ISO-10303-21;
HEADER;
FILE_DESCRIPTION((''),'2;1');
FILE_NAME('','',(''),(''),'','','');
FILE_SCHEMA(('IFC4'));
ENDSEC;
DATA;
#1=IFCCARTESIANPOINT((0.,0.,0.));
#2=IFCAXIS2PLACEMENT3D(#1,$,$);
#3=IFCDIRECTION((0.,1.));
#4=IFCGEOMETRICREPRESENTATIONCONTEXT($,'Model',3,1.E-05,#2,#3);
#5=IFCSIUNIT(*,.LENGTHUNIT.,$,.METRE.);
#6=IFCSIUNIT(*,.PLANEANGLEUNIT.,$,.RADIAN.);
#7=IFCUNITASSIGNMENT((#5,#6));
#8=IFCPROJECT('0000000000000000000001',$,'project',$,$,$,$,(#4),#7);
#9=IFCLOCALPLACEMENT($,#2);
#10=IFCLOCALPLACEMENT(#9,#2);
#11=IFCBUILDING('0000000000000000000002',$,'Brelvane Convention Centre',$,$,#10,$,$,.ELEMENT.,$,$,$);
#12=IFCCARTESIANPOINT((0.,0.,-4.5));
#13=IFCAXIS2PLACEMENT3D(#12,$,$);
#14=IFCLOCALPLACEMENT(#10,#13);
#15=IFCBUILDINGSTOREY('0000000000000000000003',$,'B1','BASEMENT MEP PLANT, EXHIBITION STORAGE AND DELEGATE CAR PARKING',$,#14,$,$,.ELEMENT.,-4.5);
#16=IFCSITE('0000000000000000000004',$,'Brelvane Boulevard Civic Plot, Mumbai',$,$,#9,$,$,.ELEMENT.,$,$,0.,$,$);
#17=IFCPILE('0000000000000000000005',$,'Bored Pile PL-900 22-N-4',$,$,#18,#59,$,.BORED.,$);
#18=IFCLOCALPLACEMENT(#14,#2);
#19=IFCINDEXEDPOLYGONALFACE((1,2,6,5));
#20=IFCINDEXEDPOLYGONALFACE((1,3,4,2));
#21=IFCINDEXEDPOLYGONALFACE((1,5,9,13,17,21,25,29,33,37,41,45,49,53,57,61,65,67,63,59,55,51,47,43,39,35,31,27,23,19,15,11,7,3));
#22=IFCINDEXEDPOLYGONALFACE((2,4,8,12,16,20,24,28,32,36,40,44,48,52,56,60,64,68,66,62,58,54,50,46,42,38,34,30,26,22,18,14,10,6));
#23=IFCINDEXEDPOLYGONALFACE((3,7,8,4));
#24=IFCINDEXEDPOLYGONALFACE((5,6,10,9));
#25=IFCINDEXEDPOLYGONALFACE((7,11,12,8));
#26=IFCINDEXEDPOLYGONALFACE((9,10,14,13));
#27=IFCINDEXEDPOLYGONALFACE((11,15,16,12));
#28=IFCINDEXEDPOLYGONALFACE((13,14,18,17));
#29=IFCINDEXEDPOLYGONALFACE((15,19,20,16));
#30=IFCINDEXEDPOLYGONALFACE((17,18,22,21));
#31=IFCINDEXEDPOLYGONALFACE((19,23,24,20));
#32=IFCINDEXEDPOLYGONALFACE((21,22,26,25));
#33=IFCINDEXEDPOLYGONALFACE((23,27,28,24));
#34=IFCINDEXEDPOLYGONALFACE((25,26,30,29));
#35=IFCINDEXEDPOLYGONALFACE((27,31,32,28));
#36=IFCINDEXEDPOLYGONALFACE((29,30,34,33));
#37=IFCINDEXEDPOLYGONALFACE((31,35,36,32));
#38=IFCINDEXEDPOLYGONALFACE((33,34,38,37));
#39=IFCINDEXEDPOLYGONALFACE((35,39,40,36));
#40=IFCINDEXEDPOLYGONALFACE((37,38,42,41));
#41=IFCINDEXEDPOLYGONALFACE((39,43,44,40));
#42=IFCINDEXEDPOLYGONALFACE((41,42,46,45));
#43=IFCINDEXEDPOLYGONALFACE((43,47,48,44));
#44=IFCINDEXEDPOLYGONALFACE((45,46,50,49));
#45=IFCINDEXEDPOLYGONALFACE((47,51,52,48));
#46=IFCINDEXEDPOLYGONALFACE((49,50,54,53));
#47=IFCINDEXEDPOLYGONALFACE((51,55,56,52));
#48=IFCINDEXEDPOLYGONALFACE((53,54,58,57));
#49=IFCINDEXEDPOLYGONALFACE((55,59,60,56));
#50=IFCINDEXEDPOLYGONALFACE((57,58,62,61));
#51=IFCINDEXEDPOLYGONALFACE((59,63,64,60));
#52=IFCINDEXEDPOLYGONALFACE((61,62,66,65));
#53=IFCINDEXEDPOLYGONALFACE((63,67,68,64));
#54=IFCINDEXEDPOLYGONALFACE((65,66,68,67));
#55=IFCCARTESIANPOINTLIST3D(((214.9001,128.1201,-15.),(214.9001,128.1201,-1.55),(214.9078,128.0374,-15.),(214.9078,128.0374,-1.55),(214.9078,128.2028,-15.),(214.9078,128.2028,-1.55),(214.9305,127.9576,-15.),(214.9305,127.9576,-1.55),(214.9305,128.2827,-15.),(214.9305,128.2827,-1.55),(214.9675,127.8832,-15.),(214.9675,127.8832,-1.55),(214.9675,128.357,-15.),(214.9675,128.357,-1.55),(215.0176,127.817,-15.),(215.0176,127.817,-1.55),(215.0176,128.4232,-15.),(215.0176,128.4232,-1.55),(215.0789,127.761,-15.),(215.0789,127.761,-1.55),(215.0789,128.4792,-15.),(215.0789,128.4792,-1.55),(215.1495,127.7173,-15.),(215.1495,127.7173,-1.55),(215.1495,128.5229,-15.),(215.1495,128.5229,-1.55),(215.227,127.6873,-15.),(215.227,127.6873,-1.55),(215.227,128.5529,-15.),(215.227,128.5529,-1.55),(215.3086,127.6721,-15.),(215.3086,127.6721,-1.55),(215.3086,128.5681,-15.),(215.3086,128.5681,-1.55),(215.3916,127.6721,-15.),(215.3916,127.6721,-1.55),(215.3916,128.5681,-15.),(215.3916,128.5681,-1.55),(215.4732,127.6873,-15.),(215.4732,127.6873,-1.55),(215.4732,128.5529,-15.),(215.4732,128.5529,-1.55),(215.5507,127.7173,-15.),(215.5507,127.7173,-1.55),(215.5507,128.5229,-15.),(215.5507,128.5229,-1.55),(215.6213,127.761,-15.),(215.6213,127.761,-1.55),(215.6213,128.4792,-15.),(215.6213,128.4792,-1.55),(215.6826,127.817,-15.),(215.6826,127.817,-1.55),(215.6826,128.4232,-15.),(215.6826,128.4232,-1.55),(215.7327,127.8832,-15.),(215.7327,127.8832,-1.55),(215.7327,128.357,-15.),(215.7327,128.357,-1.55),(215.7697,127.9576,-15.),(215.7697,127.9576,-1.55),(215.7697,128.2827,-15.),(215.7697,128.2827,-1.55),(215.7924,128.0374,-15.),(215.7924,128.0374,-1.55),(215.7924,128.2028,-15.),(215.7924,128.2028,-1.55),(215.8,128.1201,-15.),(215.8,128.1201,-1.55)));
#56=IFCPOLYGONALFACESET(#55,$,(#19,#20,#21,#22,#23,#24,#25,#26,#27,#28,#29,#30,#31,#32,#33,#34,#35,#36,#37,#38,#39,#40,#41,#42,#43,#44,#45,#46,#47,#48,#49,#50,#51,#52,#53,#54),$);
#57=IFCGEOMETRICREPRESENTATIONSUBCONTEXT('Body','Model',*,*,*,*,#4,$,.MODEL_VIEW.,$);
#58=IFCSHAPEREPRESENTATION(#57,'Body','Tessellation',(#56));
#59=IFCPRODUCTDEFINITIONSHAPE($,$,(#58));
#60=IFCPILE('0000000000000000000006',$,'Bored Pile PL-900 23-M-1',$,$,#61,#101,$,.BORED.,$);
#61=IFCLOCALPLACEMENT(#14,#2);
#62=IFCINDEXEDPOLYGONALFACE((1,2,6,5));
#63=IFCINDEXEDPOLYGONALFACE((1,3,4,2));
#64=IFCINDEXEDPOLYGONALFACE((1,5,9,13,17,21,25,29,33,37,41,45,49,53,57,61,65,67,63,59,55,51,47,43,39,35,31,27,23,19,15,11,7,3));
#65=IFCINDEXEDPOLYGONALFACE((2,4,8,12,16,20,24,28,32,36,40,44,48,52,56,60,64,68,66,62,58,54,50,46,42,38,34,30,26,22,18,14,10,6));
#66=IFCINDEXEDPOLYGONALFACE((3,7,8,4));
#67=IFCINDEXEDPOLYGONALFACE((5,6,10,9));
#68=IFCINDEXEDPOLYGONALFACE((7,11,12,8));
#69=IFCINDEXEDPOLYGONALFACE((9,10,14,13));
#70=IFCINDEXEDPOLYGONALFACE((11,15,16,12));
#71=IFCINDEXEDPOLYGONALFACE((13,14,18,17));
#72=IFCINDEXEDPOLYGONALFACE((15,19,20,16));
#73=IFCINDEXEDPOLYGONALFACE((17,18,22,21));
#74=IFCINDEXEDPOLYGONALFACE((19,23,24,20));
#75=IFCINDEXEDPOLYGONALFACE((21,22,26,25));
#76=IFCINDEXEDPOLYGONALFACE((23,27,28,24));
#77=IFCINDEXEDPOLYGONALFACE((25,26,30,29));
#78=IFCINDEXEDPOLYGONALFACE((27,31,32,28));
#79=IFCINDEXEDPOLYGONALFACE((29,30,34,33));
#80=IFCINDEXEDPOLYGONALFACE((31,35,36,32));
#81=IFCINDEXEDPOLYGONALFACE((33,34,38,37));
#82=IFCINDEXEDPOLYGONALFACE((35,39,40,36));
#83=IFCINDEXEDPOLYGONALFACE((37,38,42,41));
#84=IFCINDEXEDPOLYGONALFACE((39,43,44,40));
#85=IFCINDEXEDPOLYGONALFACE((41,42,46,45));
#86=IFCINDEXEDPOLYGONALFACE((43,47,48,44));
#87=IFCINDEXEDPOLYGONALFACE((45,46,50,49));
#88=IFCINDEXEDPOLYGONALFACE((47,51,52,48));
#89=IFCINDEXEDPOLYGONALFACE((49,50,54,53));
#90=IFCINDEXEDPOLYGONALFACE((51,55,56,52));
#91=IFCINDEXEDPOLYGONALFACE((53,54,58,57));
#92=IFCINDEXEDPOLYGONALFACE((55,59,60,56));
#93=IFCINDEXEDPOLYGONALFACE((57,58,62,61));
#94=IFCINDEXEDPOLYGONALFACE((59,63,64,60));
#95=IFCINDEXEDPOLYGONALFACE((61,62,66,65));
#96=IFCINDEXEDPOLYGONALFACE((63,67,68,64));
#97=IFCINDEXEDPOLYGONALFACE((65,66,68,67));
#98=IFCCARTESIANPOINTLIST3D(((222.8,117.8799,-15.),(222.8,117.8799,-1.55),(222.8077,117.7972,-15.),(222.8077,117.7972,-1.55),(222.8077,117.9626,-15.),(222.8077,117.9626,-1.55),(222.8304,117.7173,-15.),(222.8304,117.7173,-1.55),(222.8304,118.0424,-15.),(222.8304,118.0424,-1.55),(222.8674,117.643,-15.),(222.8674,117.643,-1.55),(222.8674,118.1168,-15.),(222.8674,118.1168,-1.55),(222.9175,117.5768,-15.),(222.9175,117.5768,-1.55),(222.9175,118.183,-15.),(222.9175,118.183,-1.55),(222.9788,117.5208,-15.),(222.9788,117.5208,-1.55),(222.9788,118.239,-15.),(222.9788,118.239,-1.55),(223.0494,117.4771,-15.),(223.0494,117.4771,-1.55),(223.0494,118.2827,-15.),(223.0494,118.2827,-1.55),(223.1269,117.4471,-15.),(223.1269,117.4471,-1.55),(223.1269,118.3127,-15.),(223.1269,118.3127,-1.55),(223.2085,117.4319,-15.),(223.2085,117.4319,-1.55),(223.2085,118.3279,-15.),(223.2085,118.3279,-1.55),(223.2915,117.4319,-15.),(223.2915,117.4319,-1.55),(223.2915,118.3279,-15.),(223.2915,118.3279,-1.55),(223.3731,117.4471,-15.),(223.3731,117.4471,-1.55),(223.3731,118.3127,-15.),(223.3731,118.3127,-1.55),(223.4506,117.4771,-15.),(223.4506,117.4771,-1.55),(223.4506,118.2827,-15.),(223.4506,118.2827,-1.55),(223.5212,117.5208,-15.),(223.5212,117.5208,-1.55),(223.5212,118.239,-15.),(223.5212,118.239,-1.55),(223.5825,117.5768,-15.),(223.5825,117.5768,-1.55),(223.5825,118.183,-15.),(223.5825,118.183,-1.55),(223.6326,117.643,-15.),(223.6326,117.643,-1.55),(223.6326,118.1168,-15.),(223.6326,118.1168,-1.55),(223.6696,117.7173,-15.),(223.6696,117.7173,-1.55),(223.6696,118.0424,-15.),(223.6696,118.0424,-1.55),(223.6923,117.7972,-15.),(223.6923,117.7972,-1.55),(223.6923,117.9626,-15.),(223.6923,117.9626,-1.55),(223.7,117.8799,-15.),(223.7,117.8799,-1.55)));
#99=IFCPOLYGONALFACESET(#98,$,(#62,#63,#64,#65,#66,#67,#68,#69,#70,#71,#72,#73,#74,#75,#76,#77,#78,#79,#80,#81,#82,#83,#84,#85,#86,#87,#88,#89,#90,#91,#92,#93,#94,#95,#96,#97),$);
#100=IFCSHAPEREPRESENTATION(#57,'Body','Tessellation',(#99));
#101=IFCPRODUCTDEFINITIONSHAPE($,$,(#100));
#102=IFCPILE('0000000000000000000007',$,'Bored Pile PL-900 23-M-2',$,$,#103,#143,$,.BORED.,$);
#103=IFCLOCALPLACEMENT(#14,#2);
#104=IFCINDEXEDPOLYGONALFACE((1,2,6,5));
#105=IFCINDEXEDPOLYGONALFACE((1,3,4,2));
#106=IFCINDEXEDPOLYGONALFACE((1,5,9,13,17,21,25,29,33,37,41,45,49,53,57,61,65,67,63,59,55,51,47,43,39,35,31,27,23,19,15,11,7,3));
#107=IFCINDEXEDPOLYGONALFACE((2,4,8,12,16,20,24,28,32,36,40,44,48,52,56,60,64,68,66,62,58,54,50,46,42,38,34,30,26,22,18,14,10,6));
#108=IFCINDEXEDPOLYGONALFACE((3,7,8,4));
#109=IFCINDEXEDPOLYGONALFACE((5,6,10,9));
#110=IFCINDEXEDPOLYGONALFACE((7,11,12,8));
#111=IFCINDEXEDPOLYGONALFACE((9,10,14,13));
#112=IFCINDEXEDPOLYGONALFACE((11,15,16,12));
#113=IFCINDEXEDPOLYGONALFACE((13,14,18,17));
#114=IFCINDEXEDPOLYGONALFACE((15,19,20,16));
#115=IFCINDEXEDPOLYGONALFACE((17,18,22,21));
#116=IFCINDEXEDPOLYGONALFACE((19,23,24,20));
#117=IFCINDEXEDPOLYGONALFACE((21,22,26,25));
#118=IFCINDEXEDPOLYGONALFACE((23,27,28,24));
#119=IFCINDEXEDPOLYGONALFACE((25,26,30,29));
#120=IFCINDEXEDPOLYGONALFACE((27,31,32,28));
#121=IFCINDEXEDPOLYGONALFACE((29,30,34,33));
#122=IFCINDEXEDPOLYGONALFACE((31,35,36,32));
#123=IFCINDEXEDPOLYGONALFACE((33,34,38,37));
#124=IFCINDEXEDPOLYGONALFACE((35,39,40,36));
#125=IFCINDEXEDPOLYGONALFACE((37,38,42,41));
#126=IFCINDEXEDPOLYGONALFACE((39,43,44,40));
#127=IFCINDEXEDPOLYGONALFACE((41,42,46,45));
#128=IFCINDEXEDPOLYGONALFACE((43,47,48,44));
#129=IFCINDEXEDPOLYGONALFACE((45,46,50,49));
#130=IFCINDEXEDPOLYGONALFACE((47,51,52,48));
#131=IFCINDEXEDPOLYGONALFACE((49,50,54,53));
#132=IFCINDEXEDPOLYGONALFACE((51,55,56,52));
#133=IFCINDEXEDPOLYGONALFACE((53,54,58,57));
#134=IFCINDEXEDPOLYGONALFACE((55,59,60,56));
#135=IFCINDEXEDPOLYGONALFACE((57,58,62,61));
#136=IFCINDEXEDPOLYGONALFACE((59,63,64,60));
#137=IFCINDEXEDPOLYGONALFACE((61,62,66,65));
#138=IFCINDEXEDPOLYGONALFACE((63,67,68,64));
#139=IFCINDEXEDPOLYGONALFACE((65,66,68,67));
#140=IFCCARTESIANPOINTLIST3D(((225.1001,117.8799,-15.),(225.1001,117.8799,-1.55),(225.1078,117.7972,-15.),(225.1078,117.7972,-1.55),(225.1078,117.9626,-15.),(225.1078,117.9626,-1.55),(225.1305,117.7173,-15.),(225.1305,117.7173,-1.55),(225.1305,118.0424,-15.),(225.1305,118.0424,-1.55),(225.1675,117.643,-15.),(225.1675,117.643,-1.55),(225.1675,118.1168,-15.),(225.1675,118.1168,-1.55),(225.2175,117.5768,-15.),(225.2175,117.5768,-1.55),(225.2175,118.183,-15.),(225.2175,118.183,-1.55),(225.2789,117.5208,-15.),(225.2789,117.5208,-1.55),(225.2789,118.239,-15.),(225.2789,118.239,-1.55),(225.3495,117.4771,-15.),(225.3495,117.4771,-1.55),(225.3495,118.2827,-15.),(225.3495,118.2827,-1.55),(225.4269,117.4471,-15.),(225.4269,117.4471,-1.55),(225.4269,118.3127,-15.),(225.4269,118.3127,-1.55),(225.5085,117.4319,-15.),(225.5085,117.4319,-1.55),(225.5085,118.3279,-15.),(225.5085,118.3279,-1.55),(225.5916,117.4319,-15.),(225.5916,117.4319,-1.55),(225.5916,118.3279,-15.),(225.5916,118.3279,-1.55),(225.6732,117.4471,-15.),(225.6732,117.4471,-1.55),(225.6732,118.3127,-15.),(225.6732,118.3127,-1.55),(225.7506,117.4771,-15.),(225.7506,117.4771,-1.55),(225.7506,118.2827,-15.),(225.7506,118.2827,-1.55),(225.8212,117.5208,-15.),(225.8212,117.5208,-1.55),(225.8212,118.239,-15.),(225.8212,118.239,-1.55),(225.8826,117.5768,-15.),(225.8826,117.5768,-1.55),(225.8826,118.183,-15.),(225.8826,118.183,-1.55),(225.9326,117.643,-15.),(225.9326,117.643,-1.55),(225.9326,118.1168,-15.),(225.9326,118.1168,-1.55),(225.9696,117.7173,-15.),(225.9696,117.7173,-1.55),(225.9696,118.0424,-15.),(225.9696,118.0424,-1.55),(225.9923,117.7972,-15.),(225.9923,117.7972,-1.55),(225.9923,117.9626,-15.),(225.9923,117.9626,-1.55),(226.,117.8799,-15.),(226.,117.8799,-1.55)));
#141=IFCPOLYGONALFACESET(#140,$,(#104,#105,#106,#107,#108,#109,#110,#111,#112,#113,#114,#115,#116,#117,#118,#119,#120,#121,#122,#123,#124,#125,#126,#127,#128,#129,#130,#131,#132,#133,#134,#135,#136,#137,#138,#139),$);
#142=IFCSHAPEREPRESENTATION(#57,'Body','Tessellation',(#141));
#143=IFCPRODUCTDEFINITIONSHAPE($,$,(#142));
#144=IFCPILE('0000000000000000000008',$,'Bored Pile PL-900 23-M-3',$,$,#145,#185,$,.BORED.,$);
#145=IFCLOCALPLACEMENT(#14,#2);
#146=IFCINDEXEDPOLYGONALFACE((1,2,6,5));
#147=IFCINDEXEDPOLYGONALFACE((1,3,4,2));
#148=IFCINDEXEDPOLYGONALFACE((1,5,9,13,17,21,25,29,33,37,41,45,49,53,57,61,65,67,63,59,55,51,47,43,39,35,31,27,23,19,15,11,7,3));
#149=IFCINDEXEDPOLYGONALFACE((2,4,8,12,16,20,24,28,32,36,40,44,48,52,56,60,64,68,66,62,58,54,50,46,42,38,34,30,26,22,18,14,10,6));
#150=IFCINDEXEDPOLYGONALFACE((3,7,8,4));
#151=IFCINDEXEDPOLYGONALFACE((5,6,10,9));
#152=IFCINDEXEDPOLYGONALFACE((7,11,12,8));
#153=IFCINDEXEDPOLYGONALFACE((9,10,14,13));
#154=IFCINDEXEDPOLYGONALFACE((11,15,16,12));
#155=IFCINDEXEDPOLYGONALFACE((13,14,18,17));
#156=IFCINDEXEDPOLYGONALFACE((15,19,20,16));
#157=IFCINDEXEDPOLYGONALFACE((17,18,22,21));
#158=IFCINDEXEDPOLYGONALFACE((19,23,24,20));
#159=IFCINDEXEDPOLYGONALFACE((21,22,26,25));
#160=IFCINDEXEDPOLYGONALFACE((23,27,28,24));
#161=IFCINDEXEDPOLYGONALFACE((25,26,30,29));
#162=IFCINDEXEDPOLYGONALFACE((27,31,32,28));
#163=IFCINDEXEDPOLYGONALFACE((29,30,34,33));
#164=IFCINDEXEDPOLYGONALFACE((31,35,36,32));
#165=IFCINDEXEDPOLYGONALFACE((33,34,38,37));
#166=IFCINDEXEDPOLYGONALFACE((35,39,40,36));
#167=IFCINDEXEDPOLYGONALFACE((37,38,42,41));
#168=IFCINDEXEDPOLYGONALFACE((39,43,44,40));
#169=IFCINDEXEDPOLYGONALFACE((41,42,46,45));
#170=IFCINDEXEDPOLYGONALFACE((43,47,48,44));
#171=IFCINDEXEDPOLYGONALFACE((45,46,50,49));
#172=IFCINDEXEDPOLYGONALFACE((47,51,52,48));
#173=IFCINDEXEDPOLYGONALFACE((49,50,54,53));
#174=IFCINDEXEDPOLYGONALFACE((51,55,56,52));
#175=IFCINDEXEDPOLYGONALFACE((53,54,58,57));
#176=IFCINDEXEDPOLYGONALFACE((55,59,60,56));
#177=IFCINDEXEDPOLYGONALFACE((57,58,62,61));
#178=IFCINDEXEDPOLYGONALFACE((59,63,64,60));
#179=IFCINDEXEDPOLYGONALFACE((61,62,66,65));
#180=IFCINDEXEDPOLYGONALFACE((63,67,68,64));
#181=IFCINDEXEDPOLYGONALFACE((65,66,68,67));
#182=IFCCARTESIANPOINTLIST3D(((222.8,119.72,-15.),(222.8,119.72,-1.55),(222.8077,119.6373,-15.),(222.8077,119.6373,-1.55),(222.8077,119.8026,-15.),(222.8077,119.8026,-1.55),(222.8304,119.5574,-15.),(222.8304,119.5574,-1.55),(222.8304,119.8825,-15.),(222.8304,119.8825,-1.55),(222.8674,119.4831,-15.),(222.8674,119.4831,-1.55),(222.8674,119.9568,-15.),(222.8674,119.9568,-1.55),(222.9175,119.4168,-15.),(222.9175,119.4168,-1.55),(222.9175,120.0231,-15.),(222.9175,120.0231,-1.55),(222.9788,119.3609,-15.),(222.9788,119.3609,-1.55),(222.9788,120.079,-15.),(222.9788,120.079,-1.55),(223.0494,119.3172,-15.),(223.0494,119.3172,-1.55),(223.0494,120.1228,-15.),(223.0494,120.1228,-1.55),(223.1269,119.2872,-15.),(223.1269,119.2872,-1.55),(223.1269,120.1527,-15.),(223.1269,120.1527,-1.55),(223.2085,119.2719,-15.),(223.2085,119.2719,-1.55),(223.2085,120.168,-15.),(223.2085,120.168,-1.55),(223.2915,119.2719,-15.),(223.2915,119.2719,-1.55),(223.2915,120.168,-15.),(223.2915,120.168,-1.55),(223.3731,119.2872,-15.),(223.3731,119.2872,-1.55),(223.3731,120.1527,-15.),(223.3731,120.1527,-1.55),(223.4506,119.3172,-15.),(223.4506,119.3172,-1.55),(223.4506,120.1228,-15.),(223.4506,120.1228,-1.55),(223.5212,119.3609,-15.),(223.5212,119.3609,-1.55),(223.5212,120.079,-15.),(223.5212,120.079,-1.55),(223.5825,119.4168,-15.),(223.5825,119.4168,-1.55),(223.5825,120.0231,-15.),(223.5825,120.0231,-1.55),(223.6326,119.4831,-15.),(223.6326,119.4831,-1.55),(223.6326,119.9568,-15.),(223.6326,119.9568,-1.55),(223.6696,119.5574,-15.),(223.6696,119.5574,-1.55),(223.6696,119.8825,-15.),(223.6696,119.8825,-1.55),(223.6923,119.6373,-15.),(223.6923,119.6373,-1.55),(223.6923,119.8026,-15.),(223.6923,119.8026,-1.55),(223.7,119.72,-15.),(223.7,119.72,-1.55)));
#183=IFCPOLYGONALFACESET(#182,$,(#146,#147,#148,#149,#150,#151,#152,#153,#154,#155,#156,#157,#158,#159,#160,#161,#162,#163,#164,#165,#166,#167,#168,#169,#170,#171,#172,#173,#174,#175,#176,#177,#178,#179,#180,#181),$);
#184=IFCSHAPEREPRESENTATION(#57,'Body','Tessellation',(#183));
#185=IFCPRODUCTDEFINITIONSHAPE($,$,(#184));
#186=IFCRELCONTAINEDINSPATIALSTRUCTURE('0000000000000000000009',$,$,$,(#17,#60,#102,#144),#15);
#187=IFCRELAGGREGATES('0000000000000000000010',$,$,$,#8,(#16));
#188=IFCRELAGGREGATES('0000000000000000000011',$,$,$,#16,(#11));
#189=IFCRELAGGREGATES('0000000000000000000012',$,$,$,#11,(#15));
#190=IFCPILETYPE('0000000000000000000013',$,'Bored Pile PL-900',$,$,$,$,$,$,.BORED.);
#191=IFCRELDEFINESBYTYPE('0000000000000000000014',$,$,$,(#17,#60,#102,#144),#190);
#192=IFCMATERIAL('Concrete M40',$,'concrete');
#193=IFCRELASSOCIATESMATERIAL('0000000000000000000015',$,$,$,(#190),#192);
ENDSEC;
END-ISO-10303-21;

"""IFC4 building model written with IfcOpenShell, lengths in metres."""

from ifc_helpers import new_model, si_unit, direction, frame, origin, origin_2d, place, context, subcontext, project, spatial, circle, extrude, material, material_profile, profile_set, type_object, element, save


model = new_model("IFC4")

# Units and contexts
model_context = context("Model", 3, precision=1e-05, world=origin(), true_north=direction((0.0, 1.0)))
body_context = subcontext(model_context, "Body", "Model", "MODEL_VIEW")
ifc_project = project(units=[si_unit("LENGTHUNIT", "METRE"), si_unit("PLANEANGLEUNIT", "RADIAN")], contexts=[model_context])

# Site, building, storey
site_placement = place(None, origin())
site = spatial("IfcSite", under=ifc_project, at=site_placement, Name="Brelvane Boulevard Civic Plot, Mumbai", CompositionType="ELEMENT", RefElevation=0.0)
building_placement = place(site_placement, origin())
building = spatial("IfcBuilding", under=site, at=building_placement, Name="Brelvane Convention Centre", CompositionType="ELEMENT")
storey_placement = place(building_placement, frame((0.0, 0.0, -4.5)))
storey = spatial("IfcBuildingStorey", under=building, at=storey_placement, Name="B1", Description="BASEMENT MEP PLANT, EXHIBITION STORAGE AND DELEGATE CAR PARKING", CompositionType="ELEMENT", Elevation=-4.5)

# Piles
ifc_material_1 = material(Name="Concrete M40", Category="concrete")
ifc_material_profile_1 = material_profile(ifc_material_1, circle(Radius=0.45, at=origin_2d()), Name="PILE D900")
ifc_profile_set_1 = profile_set([ifc_material_profile_1], Name="Concrete M40")
pile_type = type_object("IfcPileType", Name="Bored Pile PL-900", PredefinedType="BORED", material=ifc_profile_set_1)
for number, where, z_axis, x_axis, name in (
    (1, (215.3501, 128.1201, -1.55), (0.0, 0.0, -1.0), (1.0, 0.0, 0.0), "Bored Pile PL-900 22-N-4"),
    (2, (223.25, 117.8799, -1.55), (0.0, 0.0, -1.0), (1.0, 0.0, 0.0), "Bored Pile PL-900 23-M-1"),
    (3, (225.55, 117.8799, -1.55), (0.0, 0.0, -1.0), (1.0, 0.0, 0.0), "Bored Pile PL-900 23-M-2"),
    (4, (223.25, 119.72, -1.55), (0.0, 0.0, -1.0), (1.0, 0.0, 0.0), "Bored Pile PL-900 23-M-3"),
):
    element("IfcPile", number, at=place(storey_placement, frame(where, z_axis=z_axis, x_axis=x_axis)), inside=storey, type_object=pile_type, Name=name, PredefinedType="BORED", context=body_context, shape_type="SweptSolid", body=[
        extrude(circle(Radius=0.45, at=origin_2d()), origin(), (0.0, 0.0, 1.0), 13.45),
    ])

save(model, "model.ifc")
